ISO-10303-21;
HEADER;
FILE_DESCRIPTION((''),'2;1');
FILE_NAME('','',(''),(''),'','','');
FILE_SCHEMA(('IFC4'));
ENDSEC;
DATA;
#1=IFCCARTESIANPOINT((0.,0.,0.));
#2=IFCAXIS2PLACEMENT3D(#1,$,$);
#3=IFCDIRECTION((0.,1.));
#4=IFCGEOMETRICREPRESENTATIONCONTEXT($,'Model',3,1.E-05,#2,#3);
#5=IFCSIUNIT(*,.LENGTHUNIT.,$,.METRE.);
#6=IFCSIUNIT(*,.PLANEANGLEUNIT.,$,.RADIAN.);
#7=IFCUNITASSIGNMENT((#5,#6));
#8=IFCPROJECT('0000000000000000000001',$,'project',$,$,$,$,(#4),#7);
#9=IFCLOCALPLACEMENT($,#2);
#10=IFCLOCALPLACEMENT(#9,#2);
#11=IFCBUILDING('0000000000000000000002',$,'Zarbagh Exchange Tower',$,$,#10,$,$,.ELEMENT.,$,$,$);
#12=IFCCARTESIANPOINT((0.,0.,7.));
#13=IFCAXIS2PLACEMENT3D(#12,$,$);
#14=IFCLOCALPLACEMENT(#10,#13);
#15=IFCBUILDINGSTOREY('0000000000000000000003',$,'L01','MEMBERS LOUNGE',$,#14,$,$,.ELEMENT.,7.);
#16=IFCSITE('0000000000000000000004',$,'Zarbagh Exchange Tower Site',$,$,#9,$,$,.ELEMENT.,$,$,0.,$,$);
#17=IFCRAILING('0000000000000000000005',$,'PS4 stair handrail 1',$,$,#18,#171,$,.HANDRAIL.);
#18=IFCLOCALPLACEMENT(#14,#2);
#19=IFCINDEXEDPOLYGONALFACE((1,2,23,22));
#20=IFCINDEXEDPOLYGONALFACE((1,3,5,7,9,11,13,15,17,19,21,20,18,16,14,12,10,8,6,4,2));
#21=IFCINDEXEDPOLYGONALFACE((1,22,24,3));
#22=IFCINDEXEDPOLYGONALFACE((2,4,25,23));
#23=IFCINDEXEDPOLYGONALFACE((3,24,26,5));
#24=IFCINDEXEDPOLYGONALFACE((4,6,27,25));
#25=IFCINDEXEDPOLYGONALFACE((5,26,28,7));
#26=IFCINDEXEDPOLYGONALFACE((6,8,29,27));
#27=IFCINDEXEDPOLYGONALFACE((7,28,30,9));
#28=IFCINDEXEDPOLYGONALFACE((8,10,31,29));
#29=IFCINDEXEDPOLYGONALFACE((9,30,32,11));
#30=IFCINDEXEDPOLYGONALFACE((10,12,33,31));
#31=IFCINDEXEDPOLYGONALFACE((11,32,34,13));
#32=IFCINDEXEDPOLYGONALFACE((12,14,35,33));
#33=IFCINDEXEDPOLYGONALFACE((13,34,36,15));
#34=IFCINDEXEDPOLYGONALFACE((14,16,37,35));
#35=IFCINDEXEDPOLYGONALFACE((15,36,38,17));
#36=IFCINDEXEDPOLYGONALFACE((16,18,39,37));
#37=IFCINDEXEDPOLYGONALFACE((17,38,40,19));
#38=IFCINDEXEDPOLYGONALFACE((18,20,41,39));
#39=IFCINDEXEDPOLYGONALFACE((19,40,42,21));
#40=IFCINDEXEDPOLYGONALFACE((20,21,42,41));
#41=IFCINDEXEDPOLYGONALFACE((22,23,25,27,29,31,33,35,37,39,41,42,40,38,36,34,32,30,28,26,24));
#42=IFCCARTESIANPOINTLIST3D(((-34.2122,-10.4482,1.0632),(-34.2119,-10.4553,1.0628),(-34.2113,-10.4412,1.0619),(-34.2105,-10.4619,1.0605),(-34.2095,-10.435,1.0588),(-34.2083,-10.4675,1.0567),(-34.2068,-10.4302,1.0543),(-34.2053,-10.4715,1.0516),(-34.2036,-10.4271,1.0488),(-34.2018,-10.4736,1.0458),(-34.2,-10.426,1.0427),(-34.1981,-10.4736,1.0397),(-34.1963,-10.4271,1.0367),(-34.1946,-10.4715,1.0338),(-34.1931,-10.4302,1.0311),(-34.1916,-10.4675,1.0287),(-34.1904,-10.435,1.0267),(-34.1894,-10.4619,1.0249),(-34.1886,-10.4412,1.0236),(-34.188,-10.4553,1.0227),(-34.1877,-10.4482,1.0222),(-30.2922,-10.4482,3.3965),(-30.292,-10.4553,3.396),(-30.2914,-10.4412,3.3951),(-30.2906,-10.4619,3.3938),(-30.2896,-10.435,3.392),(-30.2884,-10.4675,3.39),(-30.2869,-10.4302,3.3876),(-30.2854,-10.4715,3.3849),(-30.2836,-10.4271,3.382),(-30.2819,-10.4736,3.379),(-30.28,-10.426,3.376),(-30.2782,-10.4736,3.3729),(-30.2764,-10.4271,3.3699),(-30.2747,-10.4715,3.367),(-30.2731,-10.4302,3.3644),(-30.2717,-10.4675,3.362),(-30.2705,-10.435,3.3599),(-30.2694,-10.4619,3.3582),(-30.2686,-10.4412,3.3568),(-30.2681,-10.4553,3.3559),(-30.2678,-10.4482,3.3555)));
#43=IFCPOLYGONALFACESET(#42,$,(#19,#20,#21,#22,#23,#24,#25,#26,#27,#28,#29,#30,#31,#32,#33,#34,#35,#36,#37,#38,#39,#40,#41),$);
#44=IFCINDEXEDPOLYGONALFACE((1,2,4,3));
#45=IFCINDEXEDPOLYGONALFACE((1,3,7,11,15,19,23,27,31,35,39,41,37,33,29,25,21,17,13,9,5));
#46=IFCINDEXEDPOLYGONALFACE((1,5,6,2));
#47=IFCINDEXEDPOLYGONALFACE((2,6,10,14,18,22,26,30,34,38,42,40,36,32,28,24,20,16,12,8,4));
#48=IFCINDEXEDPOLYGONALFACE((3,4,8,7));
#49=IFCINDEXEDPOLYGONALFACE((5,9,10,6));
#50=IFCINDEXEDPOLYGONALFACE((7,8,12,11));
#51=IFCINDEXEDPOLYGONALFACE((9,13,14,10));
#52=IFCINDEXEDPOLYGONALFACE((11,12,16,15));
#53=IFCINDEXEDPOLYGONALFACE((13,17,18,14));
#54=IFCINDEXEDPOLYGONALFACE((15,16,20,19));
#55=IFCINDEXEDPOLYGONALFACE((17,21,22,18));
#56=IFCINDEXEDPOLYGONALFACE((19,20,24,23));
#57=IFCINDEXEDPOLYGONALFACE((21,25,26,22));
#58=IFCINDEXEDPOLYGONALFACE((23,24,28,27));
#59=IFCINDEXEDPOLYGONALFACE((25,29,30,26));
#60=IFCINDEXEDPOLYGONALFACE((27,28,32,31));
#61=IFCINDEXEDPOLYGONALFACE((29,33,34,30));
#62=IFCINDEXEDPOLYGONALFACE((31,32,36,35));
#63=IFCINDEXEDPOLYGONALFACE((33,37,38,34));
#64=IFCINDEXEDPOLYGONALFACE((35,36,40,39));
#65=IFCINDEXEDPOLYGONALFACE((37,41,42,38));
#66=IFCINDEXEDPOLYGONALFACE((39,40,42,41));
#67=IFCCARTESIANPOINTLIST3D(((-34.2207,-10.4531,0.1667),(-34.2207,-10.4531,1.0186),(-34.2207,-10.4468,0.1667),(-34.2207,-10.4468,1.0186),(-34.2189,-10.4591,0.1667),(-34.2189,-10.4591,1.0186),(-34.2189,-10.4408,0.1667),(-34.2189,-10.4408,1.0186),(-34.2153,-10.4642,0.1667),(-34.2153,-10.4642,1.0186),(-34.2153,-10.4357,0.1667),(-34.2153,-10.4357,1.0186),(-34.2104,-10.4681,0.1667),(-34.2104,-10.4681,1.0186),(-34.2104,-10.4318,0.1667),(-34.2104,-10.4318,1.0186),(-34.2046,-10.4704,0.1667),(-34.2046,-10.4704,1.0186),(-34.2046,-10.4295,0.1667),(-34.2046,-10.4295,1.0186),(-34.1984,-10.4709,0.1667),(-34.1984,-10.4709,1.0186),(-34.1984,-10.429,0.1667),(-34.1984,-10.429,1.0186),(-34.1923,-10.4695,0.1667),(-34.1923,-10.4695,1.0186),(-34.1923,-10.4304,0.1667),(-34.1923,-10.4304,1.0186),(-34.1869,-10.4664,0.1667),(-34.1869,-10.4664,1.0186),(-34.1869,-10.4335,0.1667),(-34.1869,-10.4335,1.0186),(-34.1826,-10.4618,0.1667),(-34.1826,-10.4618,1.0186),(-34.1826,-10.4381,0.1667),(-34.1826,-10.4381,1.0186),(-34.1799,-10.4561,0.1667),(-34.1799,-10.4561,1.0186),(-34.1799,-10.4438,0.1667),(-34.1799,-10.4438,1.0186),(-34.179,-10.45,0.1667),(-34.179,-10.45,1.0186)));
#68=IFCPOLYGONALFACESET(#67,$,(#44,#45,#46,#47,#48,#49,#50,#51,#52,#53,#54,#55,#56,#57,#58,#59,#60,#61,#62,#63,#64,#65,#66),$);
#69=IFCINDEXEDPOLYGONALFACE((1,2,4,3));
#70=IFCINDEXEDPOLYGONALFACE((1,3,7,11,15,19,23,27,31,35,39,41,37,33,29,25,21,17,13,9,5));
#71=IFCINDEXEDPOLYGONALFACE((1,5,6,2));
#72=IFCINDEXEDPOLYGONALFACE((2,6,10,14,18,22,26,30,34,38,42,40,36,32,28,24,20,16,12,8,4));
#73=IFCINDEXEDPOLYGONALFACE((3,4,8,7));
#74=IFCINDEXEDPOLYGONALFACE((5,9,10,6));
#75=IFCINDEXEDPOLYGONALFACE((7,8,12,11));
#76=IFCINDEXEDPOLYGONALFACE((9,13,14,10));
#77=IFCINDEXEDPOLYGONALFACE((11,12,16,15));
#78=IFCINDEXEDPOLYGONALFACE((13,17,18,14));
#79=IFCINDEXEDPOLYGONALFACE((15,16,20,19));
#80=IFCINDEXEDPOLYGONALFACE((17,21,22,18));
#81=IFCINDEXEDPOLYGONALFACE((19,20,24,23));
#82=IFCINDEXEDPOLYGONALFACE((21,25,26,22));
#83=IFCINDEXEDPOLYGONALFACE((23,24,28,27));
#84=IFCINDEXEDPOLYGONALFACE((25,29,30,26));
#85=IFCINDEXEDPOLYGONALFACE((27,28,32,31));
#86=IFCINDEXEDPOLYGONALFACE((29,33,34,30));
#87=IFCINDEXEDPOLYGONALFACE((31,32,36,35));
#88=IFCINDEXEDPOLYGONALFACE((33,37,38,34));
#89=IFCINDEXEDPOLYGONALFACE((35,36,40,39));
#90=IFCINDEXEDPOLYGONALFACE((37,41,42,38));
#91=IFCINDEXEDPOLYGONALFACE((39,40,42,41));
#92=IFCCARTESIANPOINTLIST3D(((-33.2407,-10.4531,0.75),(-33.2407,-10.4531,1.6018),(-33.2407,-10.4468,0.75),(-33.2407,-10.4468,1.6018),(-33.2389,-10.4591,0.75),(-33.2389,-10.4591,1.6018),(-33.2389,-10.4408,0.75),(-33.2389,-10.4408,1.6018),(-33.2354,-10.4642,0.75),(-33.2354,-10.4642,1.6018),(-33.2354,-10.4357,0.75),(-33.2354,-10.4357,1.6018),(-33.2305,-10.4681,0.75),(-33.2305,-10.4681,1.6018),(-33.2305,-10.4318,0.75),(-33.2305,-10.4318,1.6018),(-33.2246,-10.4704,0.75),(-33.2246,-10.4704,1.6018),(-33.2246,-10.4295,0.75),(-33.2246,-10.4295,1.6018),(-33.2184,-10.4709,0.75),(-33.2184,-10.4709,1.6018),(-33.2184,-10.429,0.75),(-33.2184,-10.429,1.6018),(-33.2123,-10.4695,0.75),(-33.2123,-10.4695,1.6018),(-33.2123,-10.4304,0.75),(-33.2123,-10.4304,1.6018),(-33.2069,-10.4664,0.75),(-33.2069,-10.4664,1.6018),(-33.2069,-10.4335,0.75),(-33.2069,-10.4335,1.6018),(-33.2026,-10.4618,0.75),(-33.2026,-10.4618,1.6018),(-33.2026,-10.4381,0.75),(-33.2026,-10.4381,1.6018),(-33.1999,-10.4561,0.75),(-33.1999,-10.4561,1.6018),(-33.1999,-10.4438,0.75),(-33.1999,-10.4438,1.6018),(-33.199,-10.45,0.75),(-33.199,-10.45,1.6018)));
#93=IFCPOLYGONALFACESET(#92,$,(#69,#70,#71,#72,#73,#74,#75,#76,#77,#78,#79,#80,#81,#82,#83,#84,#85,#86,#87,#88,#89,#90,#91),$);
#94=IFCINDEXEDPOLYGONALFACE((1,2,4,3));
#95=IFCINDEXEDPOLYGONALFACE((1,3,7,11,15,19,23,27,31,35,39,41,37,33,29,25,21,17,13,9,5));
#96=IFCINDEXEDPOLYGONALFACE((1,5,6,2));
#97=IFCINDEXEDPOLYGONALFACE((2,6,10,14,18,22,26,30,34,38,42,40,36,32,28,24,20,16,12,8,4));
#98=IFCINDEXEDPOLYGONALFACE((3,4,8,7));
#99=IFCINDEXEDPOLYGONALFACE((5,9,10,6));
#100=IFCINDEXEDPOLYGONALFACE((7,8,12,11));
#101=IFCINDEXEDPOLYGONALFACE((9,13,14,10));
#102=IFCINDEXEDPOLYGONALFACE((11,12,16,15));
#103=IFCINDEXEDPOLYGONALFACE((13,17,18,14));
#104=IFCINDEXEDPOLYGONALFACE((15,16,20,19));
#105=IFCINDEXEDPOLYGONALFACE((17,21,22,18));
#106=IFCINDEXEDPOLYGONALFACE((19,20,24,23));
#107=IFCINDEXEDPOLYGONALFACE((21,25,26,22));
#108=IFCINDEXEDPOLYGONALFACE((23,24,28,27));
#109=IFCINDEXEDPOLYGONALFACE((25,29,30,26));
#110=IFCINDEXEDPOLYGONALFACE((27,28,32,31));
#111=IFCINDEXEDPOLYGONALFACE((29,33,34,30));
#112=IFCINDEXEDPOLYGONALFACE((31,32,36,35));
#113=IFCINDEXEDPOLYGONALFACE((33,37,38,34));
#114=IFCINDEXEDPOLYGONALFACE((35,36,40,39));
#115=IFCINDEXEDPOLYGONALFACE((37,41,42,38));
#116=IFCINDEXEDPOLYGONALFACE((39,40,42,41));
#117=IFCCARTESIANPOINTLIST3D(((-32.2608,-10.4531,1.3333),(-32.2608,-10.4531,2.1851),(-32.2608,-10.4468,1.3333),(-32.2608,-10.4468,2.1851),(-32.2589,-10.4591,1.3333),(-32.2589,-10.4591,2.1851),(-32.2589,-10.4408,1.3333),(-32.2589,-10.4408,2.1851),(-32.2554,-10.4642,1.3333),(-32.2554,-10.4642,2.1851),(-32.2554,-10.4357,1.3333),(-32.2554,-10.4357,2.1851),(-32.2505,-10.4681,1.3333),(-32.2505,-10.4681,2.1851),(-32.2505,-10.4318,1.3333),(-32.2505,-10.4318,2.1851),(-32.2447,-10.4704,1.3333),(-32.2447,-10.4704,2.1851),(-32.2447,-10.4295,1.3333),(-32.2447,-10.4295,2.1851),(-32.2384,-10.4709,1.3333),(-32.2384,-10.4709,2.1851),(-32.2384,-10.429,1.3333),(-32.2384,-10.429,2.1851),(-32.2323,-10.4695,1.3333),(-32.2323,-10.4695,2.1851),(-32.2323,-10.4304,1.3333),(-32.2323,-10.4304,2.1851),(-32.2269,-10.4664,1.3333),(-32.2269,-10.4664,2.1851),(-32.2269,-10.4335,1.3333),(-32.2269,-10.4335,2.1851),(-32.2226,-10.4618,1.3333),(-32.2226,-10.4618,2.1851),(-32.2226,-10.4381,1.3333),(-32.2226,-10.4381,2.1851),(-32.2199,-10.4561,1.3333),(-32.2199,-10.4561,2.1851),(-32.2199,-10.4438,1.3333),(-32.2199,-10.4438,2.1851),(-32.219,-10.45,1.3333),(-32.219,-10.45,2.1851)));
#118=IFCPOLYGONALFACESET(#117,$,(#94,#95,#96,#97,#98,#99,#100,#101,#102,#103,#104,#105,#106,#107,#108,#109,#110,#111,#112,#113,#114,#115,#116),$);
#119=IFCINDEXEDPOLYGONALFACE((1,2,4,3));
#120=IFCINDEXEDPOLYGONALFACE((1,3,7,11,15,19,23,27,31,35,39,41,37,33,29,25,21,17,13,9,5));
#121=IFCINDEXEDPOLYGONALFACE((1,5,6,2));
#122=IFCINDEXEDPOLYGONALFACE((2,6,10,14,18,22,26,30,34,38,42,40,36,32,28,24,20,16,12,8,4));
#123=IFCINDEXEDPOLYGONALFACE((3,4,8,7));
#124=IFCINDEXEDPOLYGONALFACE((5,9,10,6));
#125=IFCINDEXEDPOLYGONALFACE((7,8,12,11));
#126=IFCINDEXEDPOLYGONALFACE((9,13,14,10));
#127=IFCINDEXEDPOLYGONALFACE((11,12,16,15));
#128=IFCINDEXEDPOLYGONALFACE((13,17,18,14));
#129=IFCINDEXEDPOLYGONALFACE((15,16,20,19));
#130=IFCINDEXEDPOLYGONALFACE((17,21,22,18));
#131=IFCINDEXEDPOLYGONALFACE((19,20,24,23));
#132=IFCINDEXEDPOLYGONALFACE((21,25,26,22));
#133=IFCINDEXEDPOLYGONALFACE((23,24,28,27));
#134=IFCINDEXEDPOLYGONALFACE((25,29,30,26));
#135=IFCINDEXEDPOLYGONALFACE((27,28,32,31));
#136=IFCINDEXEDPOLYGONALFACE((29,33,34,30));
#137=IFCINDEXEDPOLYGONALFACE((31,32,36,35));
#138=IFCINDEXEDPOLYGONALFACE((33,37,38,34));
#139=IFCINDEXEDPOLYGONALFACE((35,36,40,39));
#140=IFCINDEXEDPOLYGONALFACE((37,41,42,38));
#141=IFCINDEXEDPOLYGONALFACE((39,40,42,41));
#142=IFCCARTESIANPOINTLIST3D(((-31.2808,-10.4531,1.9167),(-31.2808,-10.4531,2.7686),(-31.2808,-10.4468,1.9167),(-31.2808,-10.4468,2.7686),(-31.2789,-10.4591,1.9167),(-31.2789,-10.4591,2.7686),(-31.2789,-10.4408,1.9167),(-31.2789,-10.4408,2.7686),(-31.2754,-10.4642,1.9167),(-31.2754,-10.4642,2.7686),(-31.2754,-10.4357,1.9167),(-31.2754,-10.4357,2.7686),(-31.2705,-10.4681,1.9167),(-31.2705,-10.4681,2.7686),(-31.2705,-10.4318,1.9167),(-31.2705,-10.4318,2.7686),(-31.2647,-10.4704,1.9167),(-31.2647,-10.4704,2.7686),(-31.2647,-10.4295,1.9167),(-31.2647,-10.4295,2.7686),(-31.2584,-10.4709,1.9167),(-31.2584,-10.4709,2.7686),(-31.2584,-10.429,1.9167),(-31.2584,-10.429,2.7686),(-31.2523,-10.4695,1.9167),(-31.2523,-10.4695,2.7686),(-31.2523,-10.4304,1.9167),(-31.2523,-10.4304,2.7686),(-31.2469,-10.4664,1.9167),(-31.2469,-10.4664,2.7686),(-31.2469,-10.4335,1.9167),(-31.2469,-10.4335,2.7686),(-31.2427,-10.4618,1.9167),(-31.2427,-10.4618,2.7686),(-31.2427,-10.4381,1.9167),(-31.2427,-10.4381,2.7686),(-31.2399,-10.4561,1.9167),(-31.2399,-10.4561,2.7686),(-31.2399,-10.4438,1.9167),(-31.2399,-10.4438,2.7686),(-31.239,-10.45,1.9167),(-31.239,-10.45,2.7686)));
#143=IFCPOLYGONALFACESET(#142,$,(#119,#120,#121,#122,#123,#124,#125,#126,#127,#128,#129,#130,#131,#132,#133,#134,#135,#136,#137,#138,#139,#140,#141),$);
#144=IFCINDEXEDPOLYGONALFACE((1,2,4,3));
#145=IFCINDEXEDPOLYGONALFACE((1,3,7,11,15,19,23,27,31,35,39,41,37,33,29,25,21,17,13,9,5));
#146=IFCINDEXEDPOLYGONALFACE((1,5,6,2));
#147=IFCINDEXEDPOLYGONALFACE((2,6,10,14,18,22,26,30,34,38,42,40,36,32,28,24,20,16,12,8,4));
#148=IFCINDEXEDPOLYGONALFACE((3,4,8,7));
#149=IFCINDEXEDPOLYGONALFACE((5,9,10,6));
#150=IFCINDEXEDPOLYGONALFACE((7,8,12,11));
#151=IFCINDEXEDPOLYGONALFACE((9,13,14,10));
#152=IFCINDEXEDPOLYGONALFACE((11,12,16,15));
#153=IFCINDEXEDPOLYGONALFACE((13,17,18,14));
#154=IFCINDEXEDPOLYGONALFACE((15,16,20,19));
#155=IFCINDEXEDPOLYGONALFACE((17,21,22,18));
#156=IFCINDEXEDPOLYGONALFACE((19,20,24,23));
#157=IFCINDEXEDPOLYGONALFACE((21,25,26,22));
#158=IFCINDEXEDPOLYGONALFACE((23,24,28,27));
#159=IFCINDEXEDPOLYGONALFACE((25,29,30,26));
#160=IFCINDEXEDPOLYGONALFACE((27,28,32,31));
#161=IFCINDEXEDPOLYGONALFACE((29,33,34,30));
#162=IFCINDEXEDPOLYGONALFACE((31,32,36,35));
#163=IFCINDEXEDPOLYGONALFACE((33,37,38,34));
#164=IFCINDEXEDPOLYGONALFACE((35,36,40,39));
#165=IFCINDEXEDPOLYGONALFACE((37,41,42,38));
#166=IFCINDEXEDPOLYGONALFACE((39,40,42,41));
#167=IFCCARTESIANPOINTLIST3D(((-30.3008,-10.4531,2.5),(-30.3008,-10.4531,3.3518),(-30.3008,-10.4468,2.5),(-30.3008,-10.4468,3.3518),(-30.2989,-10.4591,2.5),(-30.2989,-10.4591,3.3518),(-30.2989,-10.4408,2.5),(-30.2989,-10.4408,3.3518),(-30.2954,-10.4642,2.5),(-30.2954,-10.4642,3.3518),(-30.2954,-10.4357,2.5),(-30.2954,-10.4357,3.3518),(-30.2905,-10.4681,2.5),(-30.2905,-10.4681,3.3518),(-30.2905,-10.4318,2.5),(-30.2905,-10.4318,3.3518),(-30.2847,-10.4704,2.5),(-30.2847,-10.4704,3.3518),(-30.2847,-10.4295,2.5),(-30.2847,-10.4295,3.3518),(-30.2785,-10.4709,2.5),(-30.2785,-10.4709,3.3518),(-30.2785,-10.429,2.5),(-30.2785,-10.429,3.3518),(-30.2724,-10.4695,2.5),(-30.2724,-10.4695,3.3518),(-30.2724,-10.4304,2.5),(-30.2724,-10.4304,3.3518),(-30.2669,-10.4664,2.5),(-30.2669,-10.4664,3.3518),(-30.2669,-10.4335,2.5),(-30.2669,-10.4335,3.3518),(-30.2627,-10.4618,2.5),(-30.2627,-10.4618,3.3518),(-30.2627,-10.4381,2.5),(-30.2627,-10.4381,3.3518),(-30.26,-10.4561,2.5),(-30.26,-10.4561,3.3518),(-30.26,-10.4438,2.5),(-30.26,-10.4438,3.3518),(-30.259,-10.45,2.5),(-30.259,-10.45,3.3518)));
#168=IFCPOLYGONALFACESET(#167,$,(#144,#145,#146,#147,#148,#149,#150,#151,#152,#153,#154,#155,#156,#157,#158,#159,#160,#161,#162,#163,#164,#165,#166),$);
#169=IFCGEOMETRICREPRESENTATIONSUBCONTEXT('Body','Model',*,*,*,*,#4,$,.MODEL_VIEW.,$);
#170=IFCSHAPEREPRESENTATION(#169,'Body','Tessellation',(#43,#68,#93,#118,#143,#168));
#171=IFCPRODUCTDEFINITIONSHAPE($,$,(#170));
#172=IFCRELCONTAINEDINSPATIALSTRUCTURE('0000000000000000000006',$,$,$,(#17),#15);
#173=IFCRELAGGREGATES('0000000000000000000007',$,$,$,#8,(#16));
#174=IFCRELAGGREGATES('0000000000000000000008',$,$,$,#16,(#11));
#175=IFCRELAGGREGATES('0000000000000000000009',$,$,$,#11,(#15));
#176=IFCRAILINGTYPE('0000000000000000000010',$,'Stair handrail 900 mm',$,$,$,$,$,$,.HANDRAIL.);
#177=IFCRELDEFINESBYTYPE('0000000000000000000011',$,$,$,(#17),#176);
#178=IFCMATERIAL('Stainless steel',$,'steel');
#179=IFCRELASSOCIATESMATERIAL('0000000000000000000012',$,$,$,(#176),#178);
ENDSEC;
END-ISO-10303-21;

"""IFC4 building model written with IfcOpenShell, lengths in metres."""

from ifc_helpers import new_model, si_unit, direction, frame, origin, origin_2d, place, context, subcontext, project, spatial, circle, extrude, material, type_object, element, save


model = new_model("IFC4")

# Units and contexts
model_context = context("Model", 3, precision=1e-05, world=origin(), true_north=direction((0.0, 1.0)))
body_context = subcontext(model_context, "Body", "Model", "MODEL_VIEW")
ifc_project = project(units=[si_unit("LENGTHUNIT", "METRE"), si_unit("PLANEANGLEUNIT", "RADIAN")], contexts=[model_context])

# Site, building, storey
site_placement = place(None, origin())
site = spatial("IfcSite", under=ifc_project, at=site_placement, Name="Zarbagh Exchange Tower Site", CompositionType="ELEMENT", RefElevation=0.0)
building_placement = place(site_placement, origin())
building = spatial("IfcBuilding", under=site, at=building_placement, Name="Zarbagh Exchange Tower", CompositionType="ELEMENT")
storey_placement = place(building_placement, frame((0.0, 0.0, 7.0)))
storey = spatial("IfcBuildingStorey", under=building, at=storey_placement, Name="L01", Description="MEMBERS LOUNGE", CompositionType="ELEMENT", Elevation=7.0)

# Railing
ifc_material_1 = material(Name="Stainless steel", Category="steel")
railing_type_1 = type_object("IfcRailingType", Name="Stair handrail 900 mm", PredefinedType="HANDRAIL", material=ifc_material_1)
railing_1_placement = place(storey_placement, frame((-34.2, -10.45, 0.1667)))
element("IfcRailing", 1, at=railing_1_placement, inside=storey, type_object=railing_type_1, Name="PS4 stair handrail 1", PredefinedType="HANDRAIL", context=body_context, shape_type="SweptSolid", body=[
    extrude(circle(Radius=0.0239, at=origin_2d()), frame((0.0, 0.0, 0.876), z_axis=(0.859296, 0.0, 0.511478), x_axis=(0.0, 1.0, 0.0)), (0.0, 0.0, 1.0), 4.5618),
    extrude(circle(Radius=0.021, at=origin_2d()), origin(), (0.0, 0.0, 1.0), 0.8518),
    extrude(circle(Radius=0.021, at=origin_2d()), frame((0.98, 0.0, 0.5833)), (0.0, 0.0, 1.0), 0.8518),
    extrude(circle(Radius=0.021, at=origin_2d()), frame((1.96, 0.0, 1.1665)), (0.0, 0.0, 1.0), 0.8518),
    extrude(circle(Radius=0.021, at=origin_2d()), frame((2.9399, 0.0, 1.75)), (0.0, 0.0, 1.0), 0.8518),
    extrude(circle(Radius=0.021, at=origin_2d()), frame((3.9199, 0.0, 2.3333)), (0.0, 0.0, 1.0), 0.8518),
])

save(model, "model.ifc")
